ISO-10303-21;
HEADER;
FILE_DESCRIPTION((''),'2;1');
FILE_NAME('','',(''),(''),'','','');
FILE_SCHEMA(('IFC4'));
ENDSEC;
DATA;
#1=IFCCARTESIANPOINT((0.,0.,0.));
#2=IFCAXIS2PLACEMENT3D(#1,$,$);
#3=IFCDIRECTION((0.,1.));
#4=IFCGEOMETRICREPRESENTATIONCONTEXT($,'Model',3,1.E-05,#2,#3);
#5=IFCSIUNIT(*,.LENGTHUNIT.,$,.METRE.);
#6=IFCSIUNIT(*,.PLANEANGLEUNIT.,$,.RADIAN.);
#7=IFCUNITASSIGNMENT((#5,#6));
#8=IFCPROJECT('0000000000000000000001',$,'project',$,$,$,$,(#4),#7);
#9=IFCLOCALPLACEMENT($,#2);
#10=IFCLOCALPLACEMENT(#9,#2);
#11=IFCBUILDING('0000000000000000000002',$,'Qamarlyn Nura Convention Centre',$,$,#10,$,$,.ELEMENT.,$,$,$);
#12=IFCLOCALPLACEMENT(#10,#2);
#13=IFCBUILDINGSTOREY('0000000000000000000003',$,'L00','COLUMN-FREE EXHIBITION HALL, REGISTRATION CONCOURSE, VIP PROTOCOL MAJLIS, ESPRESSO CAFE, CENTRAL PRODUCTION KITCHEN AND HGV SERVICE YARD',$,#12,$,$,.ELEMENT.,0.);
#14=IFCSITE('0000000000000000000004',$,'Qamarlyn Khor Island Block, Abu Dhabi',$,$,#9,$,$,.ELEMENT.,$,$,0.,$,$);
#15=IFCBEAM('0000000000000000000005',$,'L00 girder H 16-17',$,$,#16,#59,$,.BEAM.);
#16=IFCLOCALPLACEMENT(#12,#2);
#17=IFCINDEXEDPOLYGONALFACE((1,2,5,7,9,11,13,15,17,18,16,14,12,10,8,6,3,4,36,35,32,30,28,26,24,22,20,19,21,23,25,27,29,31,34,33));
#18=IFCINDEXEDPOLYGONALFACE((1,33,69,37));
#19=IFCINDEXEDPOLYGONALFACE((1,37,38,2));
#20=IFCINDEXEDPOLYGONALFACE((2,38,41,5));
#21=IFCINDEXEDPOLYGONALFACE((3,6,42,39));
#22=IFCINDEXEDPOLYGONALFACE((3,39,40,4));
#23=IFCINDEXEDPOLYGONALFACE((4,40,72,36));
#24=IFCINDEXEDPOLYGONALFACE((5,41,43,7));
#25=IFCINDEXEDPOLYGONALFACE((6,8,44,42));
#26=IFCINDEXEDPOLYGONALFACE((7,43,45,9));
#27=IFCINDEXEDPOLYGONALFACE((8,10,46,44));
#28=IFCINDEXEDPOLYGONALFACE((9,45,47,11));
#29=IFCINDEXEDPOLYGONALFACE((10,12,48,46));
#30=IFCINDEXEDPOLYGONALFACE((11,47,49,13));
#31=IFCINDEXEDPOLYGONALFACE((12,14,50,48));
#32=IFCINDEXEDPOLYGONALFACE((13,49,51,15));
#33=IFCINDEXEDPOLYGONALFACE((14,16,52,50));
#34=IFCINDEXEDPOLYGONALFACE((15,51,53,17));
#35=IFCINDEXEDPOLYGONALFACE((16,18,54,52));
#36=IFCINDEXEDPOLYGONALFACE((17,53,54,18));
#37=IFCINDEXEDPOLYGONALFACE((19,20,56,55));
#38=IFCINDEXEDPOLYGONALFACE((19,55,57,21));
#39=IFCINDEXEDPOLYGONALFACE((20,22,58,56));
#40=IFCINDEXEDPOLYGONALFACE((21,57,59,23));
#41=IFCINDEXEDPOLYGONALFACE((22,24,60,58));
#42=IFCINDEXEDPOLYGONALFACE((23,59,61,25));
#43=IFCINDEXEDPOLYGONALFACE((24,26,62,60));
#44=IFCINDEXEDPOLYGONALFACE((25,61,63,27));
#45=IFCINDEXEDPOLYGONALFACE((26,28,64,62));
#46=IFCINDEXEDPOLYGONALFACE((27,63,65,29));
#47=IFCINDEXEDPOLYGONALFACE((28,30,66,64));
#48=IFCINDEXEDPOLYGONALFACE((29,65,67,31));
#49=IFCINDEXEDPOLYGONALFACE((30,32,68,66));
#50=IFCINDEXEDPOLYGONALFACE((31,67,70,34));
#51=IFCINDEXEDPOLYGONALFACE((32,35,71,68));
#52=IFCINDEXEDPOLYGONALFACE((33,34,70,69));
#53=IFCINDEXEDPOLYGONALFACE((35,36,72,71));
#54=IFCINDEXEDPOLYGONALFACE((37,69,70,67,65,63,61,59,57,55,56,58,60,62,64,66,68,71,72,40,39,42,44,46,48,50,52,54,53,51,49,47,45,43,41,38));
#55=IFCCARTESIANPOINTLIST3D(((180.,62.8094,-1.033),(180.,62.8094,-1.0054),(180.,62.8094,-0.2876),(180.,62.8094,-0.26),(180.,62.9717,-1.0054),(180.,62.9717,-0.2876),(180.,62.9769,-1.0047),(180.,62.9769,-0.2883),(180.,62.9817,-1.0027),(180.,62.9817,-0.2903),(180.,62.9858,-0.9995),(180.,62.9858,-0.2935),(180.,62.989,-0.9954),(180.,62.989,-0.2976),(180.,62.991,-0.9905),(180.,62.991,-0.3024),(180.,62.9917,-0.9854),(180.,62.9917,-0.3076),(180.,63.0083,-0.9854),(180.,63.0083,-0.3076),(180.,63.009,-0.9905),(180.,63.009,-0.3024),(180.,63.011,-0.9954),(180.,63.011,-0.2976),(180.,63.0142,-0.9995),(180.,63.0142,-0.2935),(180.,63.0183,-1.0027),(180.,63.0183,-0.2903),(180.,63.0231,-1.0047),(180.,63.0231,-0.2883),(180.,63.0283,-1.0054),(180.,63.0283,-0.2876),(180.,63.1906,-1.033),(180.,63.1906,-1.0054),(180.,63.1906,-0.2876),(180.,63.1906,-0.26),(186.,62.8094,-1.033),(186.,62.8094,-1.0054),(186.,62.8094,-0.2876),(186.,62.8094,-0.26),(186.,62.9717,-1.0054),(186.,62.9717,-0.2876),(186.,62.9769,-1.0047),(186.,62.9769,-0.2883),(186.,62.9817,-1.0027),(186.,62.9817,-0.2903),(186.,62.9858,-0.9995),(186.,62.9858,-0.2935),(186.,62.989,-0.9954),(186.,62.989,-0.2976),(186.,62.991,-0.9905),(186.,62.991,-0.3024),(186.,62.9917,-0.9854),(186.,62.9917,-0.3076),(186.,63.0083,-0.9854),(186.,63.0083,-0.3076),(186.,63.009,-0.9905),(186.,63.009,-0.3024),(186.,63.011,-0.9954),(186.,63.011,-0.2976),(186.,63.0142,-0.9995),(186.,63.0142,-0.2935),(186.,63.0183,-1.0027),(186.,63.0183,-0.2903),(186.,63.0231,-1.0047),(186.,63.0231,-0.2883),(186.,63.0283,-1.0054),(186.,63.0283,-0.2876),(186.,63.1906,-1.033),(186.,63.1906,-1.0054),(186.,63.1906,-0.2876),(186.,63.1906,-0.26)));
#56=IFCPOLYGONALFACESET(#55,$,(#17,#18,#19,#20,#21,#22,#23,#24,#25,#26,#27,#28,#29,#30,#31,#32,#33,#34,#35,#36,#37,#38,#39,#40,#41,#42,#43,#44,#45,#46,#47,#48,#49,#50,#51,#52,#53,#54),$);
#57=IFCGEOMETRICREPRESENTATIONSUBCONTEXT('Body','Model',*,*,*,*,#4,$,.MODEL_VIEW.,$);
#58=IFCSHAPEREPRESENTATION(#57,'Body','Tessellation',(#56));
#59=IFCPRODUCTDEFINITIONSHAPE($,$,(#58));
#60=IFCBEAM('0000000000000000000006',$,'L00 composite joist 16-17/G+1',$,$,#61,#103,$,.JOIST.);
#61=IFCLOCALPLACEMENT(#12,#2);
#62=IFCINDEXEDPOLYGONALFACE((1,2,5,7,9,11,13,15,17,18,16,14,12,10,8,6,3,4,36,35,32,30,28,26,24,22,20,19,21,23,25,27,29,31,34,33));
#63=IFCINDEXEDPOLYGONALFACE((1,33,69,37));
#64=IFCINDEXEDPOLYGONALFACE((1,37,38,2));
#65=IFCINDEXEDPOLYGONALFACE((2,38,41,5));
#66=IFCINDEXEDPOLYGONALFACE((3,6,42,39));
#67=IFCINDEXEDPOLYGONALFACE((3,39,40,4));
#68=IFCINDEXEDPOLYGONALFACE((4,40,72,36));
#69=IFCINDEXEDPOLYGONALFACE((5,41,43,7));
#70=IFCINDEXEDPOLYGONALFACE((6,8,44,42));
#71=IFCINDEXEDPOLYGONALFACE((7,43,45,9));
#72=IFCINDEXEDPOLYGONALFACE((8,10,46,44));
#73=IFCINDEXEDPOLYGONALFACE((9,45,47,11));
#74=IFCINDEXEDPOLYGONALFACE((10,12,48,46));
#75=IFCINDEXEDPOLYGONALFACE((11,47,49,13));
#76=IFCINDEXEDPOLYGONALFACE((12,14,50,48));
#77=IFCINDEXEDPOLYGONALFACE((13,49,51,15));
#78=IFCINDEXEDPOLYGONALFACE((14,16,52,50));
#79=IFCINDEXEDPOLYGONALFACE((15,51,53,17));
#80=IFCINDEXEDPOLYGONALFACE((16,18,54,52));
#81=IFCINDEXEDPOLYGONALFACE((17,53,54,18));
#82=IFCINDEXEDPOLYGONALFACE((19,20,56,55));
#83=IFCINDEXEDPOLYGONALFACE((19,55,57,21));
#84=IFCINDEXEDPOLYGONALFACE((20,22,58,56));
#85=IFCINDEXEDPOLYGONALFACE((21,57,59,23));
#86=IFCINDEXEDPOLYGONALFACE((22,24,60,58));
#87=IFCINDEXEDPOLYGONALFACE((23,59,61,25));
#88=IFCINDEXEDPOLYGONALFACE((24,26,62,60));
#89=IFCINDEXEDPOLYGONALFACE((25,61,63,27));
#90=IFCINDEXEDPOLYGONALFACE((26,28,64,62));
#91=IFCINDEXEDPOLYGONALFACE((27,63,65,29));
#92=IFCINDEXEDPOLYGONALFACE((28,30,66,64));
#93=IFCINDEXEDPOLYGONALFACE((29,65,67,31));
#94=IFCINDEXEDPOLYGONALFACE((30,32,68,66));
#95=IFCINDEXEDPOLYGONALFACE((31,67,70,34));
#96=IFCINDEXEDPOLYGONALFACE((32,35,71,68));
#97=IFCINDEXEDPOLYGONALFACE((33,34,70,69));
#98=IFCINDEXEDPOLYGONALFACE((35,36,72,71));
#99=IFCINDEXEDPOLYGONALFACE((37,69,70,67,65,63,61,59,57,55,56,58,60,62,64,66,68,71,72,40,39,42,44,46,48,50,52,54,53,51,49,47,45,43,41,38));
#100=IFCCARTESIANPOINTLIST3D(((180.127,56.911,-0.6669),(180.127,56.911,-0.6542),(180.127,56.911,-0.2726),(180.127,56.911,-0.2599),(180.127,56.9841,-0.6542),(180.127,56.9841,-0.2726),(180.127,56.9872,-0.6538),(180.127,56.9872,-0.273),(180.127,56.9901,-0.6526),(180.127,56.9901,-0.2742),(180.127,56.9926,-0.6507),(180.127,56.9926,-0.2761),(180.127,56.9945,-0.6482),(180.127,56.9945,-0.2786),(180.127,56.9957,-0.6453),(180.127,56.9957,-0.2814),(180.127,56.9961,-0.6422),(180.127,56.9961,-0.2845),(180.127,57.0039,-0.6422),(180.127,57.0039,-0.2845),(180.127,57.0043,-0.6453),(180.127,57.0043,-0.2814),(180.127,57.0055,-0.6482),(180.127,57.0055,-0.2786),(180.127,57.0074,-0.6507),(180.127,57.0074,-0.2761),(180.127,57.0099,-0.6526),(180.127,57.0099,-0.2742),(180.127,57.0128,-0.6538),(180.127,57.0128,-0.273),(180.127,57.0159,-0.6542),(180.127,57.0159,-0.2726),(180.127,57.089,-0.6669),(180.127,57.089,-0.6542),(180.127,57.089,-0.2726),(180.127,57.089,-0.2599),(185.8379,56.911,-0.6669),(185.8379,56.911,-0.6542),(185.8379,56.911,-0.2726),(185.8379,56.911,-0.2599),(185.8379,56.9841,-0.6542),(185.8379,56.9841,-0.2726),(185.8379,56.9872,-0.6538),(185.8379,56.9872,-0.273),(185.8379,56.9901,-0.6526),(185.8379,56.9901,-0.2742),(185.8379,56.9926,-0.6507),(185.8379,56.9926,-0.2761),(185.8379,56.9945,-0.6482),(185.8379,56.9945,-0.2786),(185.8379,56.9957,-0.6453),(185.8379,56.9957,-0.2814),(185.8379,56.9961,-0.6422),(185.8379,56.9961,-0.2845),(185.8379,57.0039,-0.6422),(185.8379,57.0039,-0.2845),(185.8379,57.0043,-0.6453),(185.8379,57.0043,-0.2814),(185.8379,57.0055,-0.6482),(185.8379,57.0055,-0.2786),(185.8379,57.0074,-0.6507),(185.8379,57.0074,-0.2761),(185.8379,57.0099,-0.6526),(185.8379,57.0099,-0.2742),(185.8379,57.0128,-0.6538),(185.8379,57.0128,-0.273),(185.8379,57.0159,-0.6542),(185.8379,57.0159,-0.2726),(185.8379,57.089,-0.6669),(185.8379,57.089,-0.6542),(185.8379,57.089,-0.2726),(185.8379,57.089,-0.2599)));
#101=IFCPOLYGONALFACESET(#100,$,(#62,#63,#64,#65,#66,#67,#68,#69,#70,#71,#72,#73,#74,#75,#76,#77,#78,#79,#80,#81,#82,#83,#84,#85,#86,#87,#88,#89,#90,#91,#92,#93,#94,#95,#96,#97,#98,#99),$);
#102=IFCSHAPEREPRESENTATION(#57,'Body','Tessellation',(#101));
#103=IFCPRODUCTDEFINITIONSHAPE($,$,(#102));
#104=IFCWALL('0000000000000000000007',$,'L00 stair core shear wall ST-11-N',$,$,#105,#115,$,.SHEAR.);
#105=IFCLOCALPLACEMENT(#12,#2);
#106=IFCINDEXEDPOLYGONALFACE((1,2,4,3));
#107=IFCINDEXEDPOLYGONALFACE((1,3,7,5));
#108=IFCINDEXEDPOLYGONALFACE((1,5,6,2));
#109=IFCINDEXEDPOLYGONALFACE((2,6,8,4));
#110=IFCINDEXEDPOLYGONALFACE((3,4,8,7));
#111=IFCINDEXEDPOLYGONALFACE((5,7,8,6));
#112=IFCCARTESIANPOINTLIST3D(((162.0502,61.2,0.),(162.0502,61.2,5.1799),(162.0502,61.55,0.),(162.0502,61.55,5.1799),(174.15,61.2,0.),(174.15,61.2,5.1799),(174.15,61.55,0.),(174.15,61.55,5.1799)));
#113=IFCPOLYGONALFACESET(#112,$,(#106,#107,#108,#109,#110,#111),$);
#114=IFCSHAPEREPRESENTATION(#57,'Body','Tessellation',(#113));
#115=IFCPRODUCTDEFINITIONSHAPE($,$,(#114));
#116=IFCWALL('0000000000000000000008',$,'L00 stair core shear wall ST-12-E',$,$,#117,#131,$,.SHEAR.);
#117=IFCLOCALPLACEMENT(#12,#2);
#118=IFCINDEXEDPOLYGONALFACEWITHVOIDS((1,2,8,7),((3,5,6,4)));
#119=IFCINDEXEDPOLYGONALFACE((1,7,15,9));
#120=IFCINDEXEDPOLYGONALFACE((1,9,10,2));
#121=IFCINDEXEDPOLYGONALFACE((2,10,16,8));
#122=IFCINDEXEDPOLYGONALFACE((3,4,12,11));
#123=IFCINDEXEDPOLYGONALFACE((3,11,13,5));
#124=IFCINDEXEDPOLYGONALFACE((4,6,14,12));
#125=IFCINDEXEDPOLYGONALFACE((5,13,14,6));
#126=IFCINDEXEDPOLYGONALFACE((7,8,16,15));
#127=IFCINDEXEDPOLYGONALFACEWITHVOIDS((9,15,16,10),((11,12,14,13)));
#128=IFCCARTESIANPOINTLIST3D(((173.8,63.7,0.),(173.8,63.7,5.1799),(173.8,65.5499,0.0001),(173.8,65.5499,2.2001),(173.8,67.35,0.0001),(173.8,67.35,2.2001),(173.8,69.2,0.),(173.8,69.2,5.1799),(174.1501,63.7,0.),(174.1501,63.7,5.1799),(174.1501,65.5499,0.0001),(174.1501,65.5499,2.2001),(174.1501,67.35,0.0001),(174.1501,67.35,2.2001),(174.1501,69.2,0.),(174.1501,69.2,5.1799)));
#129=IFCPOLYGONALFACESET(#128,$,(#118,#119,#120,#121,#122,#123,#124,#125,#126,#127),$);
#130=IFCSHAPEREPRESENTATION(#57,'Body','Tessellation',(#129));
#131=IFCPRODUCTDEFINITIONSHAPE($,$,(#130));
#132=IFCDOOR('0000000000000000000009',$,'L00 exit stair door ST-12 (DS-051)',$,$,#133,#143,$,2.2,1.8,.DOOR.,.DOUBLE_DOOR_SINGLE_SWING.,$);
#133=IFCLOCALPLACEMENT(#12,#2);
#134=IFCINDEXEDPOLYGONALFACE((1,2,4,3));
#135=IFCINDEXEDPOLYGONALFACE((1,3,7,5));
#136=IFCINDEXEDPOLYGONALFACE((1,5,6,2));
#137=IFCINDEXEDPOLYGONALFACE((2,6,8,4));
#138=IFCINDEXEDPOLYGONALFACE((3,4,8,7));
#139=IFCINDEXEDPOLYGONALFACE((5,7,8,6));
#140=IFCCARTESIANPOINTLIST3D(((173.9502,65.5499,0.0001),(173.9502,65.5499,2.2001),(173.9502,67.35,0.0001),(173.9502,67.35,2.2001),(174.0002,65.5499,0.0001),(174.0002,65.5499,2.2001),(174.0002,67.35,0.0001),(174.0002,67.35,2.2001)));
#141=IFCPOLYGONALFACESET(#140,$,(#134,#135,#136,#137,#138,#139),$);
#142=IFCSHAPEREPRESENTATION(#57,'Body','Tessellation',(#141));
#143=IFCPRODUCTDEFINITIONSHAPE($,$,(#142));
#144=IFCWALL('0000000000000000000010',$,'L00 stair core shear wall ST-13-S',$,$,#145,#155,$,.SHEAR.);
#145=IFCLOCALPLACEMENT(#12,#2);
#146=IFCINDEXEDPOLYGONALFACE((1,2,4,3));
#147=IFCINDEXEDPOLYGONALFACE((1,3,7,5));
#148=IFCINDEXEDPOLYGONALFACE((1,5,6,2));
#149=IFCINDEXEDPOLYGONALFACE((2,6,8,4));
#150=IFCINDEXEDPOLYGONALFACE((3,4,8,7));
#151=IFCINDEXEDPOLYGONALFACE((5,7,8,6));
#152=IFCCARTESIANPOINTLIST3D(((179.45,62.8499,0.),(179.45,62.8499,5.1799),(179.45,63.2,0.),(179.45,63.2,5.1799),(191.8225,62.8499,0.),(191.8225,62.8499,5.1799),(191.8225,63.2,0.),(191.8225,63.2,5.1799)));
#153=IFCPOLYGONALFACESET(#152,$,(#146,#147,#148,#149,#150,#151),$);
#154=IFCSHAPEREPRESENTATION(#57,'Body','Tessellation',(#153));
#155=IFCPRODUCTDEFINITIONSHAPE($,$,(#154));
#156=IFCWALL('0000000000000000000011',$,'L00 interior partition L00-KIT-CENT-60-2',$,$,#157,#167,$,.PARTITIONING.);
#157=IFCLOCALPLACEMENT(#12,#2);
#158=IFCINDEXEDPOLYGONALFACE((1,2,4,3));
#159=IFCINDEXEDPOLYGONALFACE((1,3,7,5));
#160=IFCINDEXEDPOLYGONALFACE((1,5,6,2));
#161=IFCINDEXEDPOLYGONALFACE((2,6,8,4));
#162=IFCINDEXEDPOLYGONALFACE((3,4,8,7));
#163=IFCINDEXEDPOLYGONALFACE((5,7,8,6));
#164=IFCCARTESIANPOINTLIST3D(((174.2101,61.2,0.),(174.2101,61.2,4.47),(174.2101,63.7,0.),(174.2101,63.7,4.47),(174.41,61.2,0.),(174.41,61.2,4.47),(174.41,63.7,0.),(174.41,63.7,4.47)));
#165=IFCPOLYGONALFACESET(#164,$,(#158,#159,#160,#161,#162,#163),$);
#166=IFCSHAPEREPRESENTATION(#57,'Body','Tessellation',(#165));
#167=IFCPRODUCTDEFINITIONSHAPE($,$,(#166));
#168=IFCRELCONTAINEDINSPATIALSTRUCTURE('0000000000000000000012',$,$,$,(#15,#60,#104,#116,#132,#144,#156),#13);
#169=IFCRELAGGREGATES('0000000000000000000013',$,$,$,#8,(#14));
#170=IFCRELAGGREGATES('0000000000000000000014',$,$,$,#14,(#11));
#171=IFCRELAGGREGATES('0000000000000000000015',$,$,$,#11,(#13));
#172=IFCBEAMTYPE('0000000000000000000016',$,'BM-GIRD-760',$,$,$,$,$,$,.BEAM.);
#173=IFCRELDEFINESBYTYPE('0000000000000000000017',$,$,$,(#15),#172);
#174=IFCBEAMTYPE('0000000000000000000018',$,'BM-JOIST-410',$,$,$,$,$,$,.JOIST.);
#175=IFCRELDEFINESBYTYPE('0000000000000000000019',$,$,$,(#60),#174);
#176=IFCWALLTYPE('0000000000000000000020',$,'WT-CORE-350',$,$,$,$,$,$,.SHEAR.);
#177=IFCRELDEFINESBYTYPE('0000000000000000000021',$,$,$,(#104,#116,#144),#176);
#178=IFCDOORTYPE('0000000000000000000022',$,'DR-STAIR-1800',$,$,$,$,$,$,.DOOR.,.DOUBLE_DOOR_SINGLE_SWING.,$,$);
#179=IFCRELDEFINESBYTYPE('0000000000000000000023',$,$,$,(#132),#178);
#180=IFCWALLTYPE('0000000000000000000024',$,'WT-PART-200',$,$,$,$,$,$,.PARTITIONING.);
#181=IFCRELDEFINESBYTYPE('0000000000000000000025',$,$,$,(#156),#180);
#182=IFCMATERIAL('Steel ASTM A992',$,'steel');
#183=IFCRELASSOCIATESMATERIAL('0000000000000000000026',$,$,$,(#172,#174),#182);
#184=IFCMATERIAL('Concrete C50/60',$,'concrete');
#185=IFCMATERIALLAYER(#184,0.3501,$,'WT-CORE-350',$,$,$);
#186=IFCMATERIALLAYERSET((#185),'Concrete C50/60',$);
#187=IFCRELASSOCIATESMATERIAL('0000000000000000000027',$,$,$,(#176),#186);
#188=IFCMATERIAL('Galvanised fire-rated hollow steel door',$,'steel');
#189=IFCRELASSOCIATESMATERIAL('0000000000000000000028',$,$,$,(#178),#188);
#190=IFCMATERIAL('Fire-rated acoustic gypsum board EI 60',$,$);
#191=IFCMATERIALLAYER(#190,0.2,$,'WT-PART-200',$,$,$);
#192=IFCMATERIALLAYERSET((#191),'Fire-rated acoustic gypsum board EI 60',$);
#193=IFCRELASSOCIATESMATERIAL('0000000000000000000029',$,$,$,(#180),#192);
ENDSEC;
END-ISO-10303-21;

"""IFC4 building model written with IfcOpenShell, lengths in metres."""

from ifc_helpers import new_model, si_unit, direction, frame, frame_2d, origin, origin_2d, place, context, subcontext, project, spatial, rectangle, i_section, extrude, material, layer, layer_set, material_profile, profile_set, type_object, element, fill, save


model = new_model("IFC4")

# Units and contexts
model_context = context("Model", 3, precision=1e-05, world=origin(), true_north=direction((0.0, 1.0)))
body_context = subcontext(model_context, "Body", "Model", "MODEL_VIEW")
ifc_project = project(units=[si_unit("LENGTHUNIT", "METRE"), si_unit("PLANEANGLEUNIT", "RADIAN")], contexts=[model_context])

# Site, building, storey
site_placement = place(None, origin())
site = spatial("IfcSite", under=ifc_project, at=site_placement, Name="Qamarlyn Khor Island Block, Abu Dhabi", CompositionType="ELEMENT", RefElevation=0.0)
building_placement = place(site_placement, origin())
building = spatial("IfcBuilding", under=site, at=building_placement, Name="Qamarlyn Nura Convention Centre", CompositionType="ELEMENT")
storey_placement = place(building_placement, origin())
storey = spatial("IfcBuildingStorey", under=building, at=storey_placement, Name="L00", Description="COLUMN-FREE EXHIBITION HALL, REGISTRATION CONCOURSE, VIP PROTOCOL MAJLIS, ESPRESSO CAFE, CENTRAL PRODUCTION KITCHEN AND HGV SERVICE YARD", CompositionType="ELEMENT", Elevation=0.0)

# Shared definitions
ifc_material_1 = material(Name="Steel ASTM A992", Category="steel")

# Beams
ifc_material_profile_1 = material_profile(ifc_material_1, i_section(OverallWidth=0.3811, OverallDepth=0.7729, WebThickness=0.0166, FlangeThickness=0.0276, FilletRadius=0.02, at=origin_2d()), Name="W760X257")
ifc_profile_set_1 = profile_set([ifc_material_profile_1], Name="Steel ASTM A992")
beam_type_1 = type_object("IfcBeamType", Name="BM-GIRD-760", PredefinedType="BEAM", material=ifc_profile_set_1)
beam_1_placement = place(storey_placement, frame((180.0, 63.0, -0.6465), z_axis=(1.0, 0.0, 0.0), x_axis=(0.0, 1.0, 0.0)))
element("IfcBeam", 1, at=beam_1_placement, inside=storey, type_object=beam_type_1, Name="L00 girder H 16-17", PredefinedType="BEAM", context=body_context, shape_type="SweptSolid", body=[
    extrude(i_section(OverallWidth=0.3811, OverallDepth=0.7729, WebThickness=0.0166, FlangeThickness=0.0276, FilletRadius=0.02, at=origin_2d()), origin(), (0.0, 0.0, 1.0), 6.0),
])
ifc_material_profile_2 = material_profile(ifc_material_1, i_section(OverallWidth=0.178, OverallDepth=0.407, WebThickness=0.0078, FlangeThickness=0.0127, FilletRadius=0.012, at=origin_2d()), Name="W410X60")
ifc_profile_set_2 = profile_set([ifc_material_profile_2], Name="Steel ASTM A992")
beam_type_2 = type_object("IfcBeamType", Name="BM-JOIST-410", PredefinedType="JOIST", material=ifc_profile_set_2)
beam_2_placement = place(storey_placement, frame((180.127, 57.0, -0.4634), z_axis=(1.0, 0.0, 0.0), x_axis=(0.0, 1.0, 0.0)))
element("IfcBeam", 2, at=beam_2_placement, inside=storey, type_object=beam_type_2, Name="L00 composite joist 16-17/G+1", PredefinedType="JOIST", context=body_context, shape_type="SweptSolid", body=[
    extrude(i_section(OverallWidth=0.178, OverallDepth=0.407, WebThickness=0.0078, FlangeThickness=0.0127, FilletRadius=0.012, at=origin_2d()), origin(), (0.0, 0.0, 1.0), 5.7109),
])

# Wall
ifc_material_2 = material(Name="Concrete C50/60", Category="concrete")
ifc_layer_1 = layer(ifc_material_2, 0.3501, Name="WT-CORE-350")
ifc_layer_set_1 = layer_set([ifc_layer_1], Name="Concrete C50/60")
wall_type_1 = type_object("IfcWallType", Name="WT-CORE-350", PredefinedType="SHEAR", material=ifc_layer_set_1)
wall_1_placement = place(storey_placement, frame((174.1499, 61.375, 0.0), z_axis=(0.0, 0.0, 1.0), x_axis=(-1.0, 0.0, 0.0)))
element("IfcWall", 3, at=wall_1_placement, inside=storey, type_object=wall_type_1, Name="L00 stair core shear wall ST-11-N", PredefinedType="SHEAR", context=body_context, shape_type="SweptSolid", body=[
    extrude(rectangle(XDim=12.0999, YDim=0.3501, at=frame_2d((6.0498, 0.0))), origin(), (0.0, 0.0, 1.0), 5.1799),
])

# Wall, opening, door
wall_2_placement = place(storey_placement, frame((173.9751, 63.7, 0.0), z_axis=(0.0, 0.0, 1.0), x_axis=(0.0, 1.0, 0.0)))
wall_2 = element("IfcWall", 4, at=wall_2_placement, inside=storey, type_object=wall_type_1, Name="L00 stair core shear wall ST-12-E", PredefinedType="SHEAR", context=body_context, shape_type="SweptSolid", body=[
    extrude(rectangle(XDim=5.5, YDim=0.3501, at=frame_2d((2.75, 0.0))), origin(), (0.0, 0.0, 1.0), 5.1799),
])
opening_1_placement = place(wall_2_placement, frame((1.8501, 0.0, 0.0)))
opening_1 = element("IfcOpeningElement", 5, at=opening_1_placement, cuts=wall_2, PredefinedType="OPENING", context=body_context, shape_type="SweptSolid", body=[
    extrude(rectangle(XDim=1.8, YDim=2.2, at=frame_2d((0.8999, 1.1001))), frame((0.0, 0.1851, 0.0), z_axis=(0.0, -1.0, 0.0), x_axis=(1.0, 0.0, 0.0)), (0.0, 0.0, 1.0), 0.3701),
])
ifc_material_3 = material(Name="Galvanised fire-rated hollow steel door", Category="steel")
door_type_1 = type_object("IfcDoorType", Name="DR-STAIR-1800", OperationType="DOUBLE_DOOR_SINGLE_SWING", PredefinedType="DOOR", material=ifc_material_3)
door_1_placement = place(opening_1_placement, origin())
door_1 = element("IfcDoor", 6, at=door_1_placement, inside=storey, type_object=door_type_1, Name="L00 exit stair door ST-12 (DS-051)", OperationType="DOUBLE_DOOR_SINGLE_SWING", OverallHeight=2.2, OverallWidth=1.8, PredefinedType="DOOR", context=body_context, shape_type="SweptSolid", body=[
    extrude(rectangle(XDim=1.8, YDim=2.2, at=frame_2d((0.8999, 1.1001))), frame((0.0, 0.0249, 0.0), z_axis=(0.0, -1.0, 0.0), x_axis=(1.0, 0.0, 0.0)), (0.0, 0.0, 1.0), 0.05),
])
fill(opening_1, door_1)

# Walls
wall_3_placement = place(storey_placement, frame((179.45, 63.0249, 0.0), z_axis=(0.0, 0.0, 1.0), x_axis=(1.0, 0.0, 0.0)))
element("IfcWall", 7, at=wall_3_placement, inside=storey, type_object=wall_type_1, Name="L00 stair core shear wall ST-13-S", PredefinedType="SHEAR", context=body_context, shape_type="SweptSolid", body=[
    extrude(rectangle(XDim=12.3726, YDim=0.3501, at=frame_2d((6.1863, 0.0))), origin(), (0.0, 0.0, 1.0), 5.1799),
])
ifc_material_4 = material(Name="Fire-rated acoustic gypsum board EI 60")
ifc_layer_2 = layer(ifc_material_4, 0.2, Name="WT-PART-200")
ifc_layer_set_2 = layer_set([ifc_layer_2], Name="Fire-rated acoustic gypsum board EI 60")
wall_type_2 = type_object("IfcWallType", Name="WT-PART-200", PredefinedType="PARTITIONING", material=ifc_layer_set_2)
wall_4_placement = place(storey_placement, frame((174.3101, 63.7, 0.0), z_axis=(0.0, 0.0, 1.0), x_axis=(0.0, -1.0, 0.0)))
element("IfcWall", 8, at=wall_4_placement, inside=storey, type_object=wall_type_2, Name="L00 interior partition L00-KIT-CENT-60-2", PredefinedType="PARTITIONING", context=body_context, shape_type="SweptSolid", body=[
    extrude(rectangle(XDim=2.5, YDim=0.2, at=frame_2d((1.25, 0.0))), origin(), (0.0, 0.0, 1.0), 4.47),
])

save(model, "model.ifc")
